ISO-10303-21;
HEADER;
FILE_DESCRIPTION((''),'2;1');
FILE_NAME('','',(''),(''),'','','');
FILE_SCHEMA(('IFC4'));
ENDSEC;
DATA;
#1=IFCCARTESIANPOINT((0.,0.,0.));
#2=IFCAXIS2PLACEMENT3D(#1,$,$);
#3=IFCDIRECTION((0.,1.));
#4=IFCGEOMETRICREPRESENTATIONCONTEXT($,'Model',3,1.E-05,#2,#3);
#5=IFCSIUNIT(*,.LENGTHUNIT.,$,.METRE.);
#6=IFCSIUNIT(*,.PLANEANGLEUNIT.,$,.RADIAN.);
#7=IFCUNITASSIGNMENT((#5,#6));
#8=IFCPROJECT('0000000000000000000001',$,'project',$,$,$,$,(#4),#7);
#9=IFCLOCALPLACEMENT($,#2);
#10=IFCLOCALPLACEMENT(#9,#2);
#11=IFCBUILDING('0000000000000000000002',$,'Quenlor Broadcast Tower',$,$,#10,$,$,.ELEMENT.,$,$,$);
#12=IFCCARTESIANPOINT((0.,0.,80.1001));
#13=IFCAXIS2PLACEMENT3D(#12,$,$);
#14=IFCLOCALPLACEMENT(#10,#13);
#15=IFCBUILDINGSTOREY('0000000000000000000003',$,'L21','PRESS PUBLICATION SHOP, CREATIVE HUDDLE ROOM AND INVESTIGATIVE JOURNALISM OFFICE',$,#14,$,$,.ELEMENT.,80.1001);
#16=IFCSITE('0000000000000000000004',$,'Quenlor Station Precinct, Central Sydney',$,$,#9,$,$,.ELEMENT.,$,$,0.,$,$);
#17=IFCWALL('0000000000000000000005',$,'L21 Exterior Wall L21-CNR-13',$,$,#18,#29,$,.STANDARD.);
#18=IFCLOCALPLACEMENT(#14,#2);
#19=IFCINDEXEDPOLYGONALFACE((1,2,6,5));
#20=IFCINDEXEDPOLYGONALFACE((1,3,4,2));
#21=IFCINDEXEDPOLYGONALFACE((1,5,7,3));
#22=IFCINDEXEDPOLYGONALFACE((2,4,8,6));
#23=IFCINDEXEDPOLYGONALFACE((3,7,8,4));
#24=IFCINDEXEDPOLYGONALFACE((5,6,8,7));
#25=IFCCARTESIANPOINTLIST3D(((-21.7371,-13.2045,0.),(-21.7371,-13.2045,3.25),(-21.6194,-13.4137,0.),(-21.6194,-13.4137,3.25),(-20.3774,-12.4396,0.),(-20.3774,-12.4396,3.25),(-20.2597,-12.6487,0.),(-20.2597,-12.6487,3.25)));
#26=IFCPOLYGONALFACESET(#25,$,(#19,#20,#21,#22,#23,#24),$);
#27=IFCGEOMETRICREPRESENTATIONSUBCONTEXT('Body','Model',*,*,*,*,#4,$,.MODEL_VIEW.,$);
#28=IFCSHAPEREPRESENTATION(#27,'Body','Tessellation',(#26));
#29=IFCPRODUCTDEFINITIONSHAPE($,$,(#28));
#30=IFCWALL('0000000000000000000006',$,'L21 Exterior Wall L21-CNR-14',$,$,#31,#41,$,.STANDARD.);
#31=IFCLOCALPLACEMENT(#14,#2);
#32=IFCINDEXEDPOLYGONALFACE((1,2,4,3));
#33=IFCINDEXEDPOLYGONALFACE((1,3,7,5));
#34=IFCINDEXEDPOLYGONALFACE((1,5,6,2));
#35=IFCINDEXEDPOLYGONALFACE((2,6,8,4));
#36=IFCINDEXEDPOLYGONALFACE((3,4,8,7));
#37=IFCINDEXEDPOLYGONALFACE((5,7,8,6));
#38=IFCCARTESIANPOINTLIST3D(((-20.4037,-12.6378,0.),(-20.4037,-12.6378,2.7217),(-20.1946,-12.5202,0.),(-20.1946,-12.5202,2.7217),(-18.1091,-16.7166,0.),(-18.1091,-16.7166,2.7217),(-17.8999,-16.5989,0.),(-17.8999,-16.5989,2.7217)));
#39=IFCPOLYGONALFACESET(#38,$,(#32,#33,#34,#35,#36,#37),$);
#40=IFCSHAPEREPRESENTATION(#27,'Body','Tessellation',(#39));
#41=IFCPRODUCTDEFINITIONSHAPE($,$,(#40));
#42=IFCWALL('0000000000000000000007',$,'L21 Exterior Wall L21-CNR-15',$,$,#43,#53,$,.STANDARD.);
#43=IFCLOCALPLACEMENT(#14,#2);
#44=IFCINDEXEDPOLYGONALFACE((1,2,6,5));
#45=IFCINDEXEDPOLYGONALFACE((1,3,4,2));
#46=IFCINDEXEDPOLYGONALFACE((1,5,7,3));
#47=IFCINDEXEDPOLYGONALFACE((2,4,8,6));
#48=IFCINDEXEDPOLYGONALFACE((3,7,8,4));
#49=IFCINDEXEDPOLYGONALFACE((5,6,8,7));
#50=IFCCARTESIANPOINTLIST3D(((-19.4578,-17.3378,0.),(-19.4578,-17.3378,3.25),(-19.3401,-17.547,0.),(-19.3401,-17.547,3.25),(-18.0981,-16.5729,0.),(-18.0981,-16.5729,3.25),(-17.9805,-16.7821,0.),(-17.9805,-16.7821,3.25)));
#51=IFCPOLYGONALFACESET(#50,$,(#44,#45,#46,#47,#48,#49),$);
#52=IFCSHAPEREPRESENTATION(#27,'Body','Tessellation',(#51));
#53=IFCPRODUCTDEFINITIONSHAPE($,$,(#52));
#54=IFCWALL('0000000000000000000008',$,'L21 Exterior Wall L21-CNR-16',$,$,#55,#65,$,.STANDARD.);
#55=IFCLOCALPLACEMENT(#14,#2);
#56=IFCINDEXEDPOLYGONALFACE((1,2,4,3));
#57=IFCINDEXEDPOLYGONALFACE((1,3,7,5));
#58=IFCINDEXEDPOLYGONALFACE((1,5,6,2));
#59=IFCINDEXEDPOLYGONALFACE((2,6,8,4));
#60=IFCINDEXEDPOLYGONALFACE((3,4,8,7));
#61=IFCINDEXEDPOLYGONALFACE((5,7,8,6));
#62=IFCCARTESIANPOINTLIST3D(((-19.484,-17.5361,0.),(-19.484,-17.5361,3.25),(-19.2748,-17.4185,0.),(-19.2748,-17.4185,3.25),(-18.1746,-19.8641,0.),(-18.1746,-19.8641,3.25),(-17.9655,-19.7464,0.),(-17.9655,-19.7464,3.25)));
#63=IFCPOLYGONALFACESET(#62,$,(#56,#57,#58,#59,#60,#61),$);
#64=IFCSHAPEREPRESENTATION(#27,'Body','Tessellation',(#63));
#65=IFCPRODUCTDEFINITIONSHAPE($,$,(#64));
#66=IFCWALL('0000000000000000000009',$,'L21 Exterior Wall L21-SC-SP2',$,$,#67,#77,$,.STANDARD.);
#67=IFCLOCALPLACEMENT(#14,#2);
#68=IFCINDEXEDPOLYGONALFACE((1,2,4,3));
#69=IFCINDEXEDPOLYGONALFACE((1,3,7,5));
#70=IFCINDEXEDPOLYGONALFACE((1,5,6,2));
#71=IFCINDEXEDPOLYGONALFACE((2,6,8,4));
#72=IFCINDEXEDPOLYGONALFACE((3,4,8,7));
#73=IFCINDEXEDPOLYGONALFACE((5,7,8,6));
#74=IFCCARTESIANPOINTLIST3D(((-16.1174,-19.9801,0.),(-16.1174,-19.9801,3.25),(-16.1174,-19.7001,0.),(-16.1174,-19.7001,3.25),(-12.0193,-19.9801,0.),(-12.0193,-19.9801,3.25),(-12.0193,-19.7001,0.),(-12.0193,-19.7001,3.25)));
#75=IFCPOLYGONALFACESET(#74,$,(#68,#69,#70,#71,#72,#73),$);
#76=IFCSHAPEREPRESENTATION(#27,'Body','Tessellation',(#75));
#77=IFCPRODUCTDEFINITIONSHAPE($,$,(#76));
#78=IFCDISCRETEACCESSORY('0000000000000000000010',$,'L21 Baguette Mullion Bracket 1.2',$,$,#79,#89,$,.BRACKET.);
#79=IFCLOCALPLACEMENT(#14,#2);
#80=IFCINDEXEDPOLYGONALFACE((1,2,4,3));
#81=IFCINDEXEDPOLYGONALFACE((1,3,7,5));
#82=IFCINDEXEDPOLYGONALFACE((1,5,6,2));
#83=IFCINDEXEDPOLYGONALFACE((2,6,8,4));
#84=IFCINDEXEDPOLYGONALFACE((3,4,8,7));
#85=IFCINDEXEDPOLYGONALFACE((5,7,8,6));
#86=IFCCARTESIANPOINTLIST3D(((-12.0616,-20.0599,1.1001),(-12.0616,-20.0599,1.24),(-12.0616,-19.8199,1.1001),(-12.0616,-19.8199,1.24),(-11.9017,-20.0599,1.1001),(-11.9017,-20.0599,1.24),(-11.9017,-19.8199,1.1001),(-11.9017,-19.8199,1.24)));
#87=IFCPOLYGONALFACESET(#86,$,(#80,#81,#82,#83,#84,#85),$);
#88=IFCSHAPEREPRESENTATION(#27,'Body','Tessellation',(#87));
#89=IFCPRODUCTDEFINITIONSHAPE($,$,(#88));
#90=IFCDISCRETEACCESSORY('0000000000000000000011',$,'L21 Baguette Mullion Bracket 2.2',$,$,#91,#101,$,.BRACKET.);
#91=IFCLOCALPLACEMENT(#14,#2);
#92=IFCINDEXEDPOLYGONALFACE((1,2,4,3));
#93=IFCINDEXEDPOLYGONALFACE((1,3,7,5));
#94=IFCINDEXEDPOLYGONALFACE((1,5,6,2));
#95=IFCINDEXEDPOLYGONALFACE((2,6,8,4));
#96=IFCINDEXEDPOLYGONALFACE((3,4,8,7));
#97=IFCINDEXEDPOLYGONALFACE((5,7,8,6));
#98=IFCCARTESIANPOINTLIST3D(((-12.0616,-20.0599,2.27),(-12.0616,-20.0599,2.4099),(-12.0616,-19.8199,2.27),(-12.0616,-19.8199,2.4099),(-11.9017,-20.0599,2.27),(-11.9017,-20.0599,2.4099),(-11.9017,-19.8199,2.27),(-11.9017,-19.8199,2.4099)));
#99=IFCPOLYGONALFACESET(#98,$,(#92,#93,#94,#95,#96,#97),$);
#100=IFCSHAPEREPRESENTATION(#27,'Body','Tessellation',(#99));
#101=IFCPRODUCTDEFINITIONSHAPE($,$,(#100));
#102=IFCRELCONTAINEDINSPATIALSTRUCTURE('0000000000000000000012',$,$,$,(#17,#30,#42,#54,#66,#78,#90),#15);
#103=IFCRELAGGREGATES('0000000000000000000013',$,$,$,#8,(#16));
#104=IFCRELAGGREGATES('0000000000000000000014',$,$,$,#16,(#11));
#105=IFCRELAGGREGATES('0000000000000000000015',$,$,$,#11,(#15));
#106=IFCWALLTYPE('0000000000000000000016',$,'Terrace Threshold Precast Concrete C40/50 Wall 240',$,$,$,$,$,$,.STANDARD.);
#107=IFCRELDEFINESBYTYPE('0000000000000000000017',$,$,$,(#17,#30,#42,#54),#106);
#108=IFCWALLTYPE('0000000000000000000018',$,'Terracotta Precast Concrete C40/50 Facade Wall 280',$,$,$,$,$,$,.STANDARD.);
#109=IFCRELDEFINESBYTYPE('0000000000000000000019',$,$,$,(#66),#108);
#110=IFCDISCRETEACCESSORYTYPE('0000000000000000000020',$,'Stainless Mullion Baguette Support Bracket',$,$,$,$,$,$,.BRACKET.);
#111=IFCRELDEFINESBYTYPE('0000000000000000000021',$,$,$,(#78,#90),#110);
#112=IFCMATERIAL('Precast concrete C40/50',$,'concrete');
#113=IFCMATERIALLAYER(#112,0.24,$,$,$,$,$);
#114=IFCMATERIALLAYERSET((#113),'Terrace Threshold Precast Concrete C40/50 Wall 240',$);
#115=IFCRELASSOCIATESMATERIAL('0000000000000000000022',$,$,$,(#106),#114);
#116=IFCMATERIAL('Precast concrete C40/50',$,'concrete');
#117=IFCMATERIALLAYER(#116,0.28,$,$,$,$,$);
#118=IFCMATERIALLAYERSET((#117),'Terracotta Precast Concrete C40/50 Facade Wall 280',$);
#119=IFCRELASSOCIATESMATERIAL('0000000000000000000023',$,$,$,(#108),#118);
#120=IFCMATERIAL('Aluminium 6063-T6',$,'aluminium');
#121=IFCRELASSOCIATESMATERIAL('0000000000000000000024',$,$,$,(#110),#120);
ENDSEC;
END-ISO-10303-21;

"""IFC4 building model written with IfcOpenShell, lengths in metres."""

from ifc_helpers import new_model, si_unit, direction, frame, frame_2d, origin, origin_2d, place, context, subcontext, project, spatial, rectangle, extrude, material, layer, layer_set, type_object, element, save


model = new_model("IFC4")

# Units and contexts
model_context = context("Model", 3, precision=1e-05, world=origin(), true_north=direction((0.0, 1.0)))
body_context = subcontext(model_context, "Body", "Model", "MODEL_VIEW")
ifc_project = project(units=[si_unit("LENGTHUNIT", "METRE"), si_unit("PLANEANGLEUNIT", "RADIAN")], contexts=[model_context])

# Site, building, storey
site_placement = place(None, origin())
site = spatial("IfcSite", under=ifc_project, at=site_placement, Name="Quenlor Station Precinct, Central Sydney", CompositionType="ELEMENT", RefElevation=0.0)
building_placement = place(site_placement, origin())
building = spatial("IfcBuilding", under=site, at=building_placement, Name="Quenlor Broadcast Tower", CompositionType="ELEMENT")
storey_placement = place(building_placement, frame((0.0, 0.0, 80.1001)))
storey = spatial("IfcBuildingStorey", under=building, at=storey_placement, Name="L21", Description="PRESS PUBLICATION SHOP, CREATIVE HUDDLE ROOM AND INVESTIGATIVE JOURNALISM OFFICE", CompositionType="ELEMENT", Elevation=80.1001)

# Walls
ifc_material_1 = material(Name="Precast concrete C40/50", Category="concrete")
ifc_layer_1 = layer(ifc_material_1, 0.24)
ifc_layer_set_1 = layer_set([ifc_layer_1], Name="Terrace Threshold Precast Concrete C40/50 Wall 240")
wall_type_1 = type_object("IfcWallType", Name="Terrace Threshold Precast Concrete C40/50 Wall 240", PredefinedType="STANDARD", material=ifc_layer_set_1)
wall_1_placement = place(storey_placement, frame((-21.6782, -13.3091, 0.0), z_axis=(0.0, 0.0, 1.0), x_axis=(0.871546, 0.490313, 0.0)))
element("IfcWall", 1, at=wall_1_placement, inside=storey, type_object=wall_type_1, Name="L21 Exterior Wall L21-CNR-13", PredefinedType="STANDARD", context=body_context, shape_type="SweptSolid", body=[
    extrude(rectangle(XDim=1.5601, YDim=0.24, at=frame_2d((0.78, 0.0))), origin(), (0.0, 0.0, 1.0), 3.25),
])
wall_2_placement = place(storey_placement, frame((-20.2991, -12.5791, 0.0), z_axis=(0.0, 0.0, 1.0), x_axis=(0.490313, -0.871546, 0.0)))
element("IfcWall", 2, at=wall_2_placement, inside=storey, type_object=wall_type_1, Name="L21 Exterior Wall L21-CNR-14", PredefinedType="STANDARD", context=body_context, shape_type="SweptSolid", body=[
    extrude(rectangle(XDim=4.6799, YDim=0.24, at=frame_2d((2.3398, 0.0))), origin(), (0.0, 0.0, 1.0), 2.7217),
])
wall_3_placement = place(storey_placement, frame((-18.0393, -16.6775, 0.0), z_axis=(0.0, 0.0, 1.0), x_axis=(-0.871546, -0.490313, 0.0)))
element("IfcWall", 3, at=wall_3_placement, inside=storey, type_object=wall_type_1, Name="L21 Exterior Wall L21-CNR-15", PredefinedType="STANDARD", context=body_context, shape_type="SweptSolid", body=[
    extrude(rectangle(XDim=1.5601, YDim=0.24, at=frame_2d((0.78, 0.0))), origin(), (0.0, 0.0, 1.0), 3.25),
])
wall_4_placement = place(storey_placement, frame((-19.3794, -17.4773, 0.0), z_axis=(0.0, 0.0, 1.0), x_axis=(0.490231, -0.871593, 0.0)))
element("IfcWall", 4, at=wall_4_placement, inside=storey, type_object=wall_type_1, Name="L21 Exterior Wall L21-CNR-16", PredefinedType="STANDARD", context=body_context, shape_type="SweptSolid", body=[
    extrude(rectangle(XDim=2.6709, YDim=0.24, at=frame_2d((1.3354, 0.0))), origin(), (0.0, 0.0, 1.0), 3.25),
])
ifc_material_2 = material(Name="Precast concrete C40/50", Category="concrete")
ifc_layer_2 = layer(ifc_material_2, 0.28)
ifc_layer_set_2 = layer_set([ifc_layer_2], Name="Terracotta Precast Concrete C40/50 Facade Wall 280")
wall_type_2 = type_object("IfcWallType", Name="Terracotta Precast Concrete C40/50 Facade Wall 280", PredefinedType="STANDARD", material=ifc_layer_set_2)
wall_5_placement = place(storey_placement, frame((-12.0193, -19.8401, 0.0), z_axis=(0.0, 0.0, 1.0), x_axis=(-1.0, 0.0, 0.0)))
element("IfcWall", 5, at=wall_5_placement, inside=storey, type_object=wall_type_2, Name="L21 Exterior Wall L21-SC-SP2", PredefinedType="STANDARD", context=body_context, shape_type="SweptSolid", body=[
    extrude(rectangle(XDim=4.0981, YDim=0.28, at=frame_2d((2.0491, 0.0))), origin(), (0.0, 0.0, 1.0), 3.25),
])

# Discrete accessories
ifc_material_3 = material(Name="Aluminium 6063-T6", Category="aluminium")
discrete_accessory_type = type_object("IfcDiscreteAccessoryType", Name="Stainless Mullion Baguette Support Bracket", PredefinedType="BRACKET", material=ifc_material_3)
for number, where, z_axis, x_axis, name in (
    (6, (-11.9817, -19.9399, 1.1001), (0.0, 0.0, 1.0), (-1.0, 0.0, 0.0), "L21 Baguette Mullion Bracket 1.2"),
    (7, (-11.9817, -19.9399, 2.27), (0.0, 0.0, 1.0), (-1.0, 0.0, 0.0), "L21 Baguette Mullion Bracket 2.2"),
):
    element("IfcDiscreteAccessory", number, at=place(storey_placement, frame(where, z_axis=z_axis, x_axis=x_axis)), inside=storey, type_object=discrete_accessory_type, Name=name, PredefinedType="BRACKET", context=body_context, shape_type="SweptSolid", body=[
        extrude(rectangle(XDim=0.1599, YDim=0.24, at=origin_2d()), origin(), (0.0, 0.0, 1.0), 0.1399),
    ])

save(model, "model.ifc")
